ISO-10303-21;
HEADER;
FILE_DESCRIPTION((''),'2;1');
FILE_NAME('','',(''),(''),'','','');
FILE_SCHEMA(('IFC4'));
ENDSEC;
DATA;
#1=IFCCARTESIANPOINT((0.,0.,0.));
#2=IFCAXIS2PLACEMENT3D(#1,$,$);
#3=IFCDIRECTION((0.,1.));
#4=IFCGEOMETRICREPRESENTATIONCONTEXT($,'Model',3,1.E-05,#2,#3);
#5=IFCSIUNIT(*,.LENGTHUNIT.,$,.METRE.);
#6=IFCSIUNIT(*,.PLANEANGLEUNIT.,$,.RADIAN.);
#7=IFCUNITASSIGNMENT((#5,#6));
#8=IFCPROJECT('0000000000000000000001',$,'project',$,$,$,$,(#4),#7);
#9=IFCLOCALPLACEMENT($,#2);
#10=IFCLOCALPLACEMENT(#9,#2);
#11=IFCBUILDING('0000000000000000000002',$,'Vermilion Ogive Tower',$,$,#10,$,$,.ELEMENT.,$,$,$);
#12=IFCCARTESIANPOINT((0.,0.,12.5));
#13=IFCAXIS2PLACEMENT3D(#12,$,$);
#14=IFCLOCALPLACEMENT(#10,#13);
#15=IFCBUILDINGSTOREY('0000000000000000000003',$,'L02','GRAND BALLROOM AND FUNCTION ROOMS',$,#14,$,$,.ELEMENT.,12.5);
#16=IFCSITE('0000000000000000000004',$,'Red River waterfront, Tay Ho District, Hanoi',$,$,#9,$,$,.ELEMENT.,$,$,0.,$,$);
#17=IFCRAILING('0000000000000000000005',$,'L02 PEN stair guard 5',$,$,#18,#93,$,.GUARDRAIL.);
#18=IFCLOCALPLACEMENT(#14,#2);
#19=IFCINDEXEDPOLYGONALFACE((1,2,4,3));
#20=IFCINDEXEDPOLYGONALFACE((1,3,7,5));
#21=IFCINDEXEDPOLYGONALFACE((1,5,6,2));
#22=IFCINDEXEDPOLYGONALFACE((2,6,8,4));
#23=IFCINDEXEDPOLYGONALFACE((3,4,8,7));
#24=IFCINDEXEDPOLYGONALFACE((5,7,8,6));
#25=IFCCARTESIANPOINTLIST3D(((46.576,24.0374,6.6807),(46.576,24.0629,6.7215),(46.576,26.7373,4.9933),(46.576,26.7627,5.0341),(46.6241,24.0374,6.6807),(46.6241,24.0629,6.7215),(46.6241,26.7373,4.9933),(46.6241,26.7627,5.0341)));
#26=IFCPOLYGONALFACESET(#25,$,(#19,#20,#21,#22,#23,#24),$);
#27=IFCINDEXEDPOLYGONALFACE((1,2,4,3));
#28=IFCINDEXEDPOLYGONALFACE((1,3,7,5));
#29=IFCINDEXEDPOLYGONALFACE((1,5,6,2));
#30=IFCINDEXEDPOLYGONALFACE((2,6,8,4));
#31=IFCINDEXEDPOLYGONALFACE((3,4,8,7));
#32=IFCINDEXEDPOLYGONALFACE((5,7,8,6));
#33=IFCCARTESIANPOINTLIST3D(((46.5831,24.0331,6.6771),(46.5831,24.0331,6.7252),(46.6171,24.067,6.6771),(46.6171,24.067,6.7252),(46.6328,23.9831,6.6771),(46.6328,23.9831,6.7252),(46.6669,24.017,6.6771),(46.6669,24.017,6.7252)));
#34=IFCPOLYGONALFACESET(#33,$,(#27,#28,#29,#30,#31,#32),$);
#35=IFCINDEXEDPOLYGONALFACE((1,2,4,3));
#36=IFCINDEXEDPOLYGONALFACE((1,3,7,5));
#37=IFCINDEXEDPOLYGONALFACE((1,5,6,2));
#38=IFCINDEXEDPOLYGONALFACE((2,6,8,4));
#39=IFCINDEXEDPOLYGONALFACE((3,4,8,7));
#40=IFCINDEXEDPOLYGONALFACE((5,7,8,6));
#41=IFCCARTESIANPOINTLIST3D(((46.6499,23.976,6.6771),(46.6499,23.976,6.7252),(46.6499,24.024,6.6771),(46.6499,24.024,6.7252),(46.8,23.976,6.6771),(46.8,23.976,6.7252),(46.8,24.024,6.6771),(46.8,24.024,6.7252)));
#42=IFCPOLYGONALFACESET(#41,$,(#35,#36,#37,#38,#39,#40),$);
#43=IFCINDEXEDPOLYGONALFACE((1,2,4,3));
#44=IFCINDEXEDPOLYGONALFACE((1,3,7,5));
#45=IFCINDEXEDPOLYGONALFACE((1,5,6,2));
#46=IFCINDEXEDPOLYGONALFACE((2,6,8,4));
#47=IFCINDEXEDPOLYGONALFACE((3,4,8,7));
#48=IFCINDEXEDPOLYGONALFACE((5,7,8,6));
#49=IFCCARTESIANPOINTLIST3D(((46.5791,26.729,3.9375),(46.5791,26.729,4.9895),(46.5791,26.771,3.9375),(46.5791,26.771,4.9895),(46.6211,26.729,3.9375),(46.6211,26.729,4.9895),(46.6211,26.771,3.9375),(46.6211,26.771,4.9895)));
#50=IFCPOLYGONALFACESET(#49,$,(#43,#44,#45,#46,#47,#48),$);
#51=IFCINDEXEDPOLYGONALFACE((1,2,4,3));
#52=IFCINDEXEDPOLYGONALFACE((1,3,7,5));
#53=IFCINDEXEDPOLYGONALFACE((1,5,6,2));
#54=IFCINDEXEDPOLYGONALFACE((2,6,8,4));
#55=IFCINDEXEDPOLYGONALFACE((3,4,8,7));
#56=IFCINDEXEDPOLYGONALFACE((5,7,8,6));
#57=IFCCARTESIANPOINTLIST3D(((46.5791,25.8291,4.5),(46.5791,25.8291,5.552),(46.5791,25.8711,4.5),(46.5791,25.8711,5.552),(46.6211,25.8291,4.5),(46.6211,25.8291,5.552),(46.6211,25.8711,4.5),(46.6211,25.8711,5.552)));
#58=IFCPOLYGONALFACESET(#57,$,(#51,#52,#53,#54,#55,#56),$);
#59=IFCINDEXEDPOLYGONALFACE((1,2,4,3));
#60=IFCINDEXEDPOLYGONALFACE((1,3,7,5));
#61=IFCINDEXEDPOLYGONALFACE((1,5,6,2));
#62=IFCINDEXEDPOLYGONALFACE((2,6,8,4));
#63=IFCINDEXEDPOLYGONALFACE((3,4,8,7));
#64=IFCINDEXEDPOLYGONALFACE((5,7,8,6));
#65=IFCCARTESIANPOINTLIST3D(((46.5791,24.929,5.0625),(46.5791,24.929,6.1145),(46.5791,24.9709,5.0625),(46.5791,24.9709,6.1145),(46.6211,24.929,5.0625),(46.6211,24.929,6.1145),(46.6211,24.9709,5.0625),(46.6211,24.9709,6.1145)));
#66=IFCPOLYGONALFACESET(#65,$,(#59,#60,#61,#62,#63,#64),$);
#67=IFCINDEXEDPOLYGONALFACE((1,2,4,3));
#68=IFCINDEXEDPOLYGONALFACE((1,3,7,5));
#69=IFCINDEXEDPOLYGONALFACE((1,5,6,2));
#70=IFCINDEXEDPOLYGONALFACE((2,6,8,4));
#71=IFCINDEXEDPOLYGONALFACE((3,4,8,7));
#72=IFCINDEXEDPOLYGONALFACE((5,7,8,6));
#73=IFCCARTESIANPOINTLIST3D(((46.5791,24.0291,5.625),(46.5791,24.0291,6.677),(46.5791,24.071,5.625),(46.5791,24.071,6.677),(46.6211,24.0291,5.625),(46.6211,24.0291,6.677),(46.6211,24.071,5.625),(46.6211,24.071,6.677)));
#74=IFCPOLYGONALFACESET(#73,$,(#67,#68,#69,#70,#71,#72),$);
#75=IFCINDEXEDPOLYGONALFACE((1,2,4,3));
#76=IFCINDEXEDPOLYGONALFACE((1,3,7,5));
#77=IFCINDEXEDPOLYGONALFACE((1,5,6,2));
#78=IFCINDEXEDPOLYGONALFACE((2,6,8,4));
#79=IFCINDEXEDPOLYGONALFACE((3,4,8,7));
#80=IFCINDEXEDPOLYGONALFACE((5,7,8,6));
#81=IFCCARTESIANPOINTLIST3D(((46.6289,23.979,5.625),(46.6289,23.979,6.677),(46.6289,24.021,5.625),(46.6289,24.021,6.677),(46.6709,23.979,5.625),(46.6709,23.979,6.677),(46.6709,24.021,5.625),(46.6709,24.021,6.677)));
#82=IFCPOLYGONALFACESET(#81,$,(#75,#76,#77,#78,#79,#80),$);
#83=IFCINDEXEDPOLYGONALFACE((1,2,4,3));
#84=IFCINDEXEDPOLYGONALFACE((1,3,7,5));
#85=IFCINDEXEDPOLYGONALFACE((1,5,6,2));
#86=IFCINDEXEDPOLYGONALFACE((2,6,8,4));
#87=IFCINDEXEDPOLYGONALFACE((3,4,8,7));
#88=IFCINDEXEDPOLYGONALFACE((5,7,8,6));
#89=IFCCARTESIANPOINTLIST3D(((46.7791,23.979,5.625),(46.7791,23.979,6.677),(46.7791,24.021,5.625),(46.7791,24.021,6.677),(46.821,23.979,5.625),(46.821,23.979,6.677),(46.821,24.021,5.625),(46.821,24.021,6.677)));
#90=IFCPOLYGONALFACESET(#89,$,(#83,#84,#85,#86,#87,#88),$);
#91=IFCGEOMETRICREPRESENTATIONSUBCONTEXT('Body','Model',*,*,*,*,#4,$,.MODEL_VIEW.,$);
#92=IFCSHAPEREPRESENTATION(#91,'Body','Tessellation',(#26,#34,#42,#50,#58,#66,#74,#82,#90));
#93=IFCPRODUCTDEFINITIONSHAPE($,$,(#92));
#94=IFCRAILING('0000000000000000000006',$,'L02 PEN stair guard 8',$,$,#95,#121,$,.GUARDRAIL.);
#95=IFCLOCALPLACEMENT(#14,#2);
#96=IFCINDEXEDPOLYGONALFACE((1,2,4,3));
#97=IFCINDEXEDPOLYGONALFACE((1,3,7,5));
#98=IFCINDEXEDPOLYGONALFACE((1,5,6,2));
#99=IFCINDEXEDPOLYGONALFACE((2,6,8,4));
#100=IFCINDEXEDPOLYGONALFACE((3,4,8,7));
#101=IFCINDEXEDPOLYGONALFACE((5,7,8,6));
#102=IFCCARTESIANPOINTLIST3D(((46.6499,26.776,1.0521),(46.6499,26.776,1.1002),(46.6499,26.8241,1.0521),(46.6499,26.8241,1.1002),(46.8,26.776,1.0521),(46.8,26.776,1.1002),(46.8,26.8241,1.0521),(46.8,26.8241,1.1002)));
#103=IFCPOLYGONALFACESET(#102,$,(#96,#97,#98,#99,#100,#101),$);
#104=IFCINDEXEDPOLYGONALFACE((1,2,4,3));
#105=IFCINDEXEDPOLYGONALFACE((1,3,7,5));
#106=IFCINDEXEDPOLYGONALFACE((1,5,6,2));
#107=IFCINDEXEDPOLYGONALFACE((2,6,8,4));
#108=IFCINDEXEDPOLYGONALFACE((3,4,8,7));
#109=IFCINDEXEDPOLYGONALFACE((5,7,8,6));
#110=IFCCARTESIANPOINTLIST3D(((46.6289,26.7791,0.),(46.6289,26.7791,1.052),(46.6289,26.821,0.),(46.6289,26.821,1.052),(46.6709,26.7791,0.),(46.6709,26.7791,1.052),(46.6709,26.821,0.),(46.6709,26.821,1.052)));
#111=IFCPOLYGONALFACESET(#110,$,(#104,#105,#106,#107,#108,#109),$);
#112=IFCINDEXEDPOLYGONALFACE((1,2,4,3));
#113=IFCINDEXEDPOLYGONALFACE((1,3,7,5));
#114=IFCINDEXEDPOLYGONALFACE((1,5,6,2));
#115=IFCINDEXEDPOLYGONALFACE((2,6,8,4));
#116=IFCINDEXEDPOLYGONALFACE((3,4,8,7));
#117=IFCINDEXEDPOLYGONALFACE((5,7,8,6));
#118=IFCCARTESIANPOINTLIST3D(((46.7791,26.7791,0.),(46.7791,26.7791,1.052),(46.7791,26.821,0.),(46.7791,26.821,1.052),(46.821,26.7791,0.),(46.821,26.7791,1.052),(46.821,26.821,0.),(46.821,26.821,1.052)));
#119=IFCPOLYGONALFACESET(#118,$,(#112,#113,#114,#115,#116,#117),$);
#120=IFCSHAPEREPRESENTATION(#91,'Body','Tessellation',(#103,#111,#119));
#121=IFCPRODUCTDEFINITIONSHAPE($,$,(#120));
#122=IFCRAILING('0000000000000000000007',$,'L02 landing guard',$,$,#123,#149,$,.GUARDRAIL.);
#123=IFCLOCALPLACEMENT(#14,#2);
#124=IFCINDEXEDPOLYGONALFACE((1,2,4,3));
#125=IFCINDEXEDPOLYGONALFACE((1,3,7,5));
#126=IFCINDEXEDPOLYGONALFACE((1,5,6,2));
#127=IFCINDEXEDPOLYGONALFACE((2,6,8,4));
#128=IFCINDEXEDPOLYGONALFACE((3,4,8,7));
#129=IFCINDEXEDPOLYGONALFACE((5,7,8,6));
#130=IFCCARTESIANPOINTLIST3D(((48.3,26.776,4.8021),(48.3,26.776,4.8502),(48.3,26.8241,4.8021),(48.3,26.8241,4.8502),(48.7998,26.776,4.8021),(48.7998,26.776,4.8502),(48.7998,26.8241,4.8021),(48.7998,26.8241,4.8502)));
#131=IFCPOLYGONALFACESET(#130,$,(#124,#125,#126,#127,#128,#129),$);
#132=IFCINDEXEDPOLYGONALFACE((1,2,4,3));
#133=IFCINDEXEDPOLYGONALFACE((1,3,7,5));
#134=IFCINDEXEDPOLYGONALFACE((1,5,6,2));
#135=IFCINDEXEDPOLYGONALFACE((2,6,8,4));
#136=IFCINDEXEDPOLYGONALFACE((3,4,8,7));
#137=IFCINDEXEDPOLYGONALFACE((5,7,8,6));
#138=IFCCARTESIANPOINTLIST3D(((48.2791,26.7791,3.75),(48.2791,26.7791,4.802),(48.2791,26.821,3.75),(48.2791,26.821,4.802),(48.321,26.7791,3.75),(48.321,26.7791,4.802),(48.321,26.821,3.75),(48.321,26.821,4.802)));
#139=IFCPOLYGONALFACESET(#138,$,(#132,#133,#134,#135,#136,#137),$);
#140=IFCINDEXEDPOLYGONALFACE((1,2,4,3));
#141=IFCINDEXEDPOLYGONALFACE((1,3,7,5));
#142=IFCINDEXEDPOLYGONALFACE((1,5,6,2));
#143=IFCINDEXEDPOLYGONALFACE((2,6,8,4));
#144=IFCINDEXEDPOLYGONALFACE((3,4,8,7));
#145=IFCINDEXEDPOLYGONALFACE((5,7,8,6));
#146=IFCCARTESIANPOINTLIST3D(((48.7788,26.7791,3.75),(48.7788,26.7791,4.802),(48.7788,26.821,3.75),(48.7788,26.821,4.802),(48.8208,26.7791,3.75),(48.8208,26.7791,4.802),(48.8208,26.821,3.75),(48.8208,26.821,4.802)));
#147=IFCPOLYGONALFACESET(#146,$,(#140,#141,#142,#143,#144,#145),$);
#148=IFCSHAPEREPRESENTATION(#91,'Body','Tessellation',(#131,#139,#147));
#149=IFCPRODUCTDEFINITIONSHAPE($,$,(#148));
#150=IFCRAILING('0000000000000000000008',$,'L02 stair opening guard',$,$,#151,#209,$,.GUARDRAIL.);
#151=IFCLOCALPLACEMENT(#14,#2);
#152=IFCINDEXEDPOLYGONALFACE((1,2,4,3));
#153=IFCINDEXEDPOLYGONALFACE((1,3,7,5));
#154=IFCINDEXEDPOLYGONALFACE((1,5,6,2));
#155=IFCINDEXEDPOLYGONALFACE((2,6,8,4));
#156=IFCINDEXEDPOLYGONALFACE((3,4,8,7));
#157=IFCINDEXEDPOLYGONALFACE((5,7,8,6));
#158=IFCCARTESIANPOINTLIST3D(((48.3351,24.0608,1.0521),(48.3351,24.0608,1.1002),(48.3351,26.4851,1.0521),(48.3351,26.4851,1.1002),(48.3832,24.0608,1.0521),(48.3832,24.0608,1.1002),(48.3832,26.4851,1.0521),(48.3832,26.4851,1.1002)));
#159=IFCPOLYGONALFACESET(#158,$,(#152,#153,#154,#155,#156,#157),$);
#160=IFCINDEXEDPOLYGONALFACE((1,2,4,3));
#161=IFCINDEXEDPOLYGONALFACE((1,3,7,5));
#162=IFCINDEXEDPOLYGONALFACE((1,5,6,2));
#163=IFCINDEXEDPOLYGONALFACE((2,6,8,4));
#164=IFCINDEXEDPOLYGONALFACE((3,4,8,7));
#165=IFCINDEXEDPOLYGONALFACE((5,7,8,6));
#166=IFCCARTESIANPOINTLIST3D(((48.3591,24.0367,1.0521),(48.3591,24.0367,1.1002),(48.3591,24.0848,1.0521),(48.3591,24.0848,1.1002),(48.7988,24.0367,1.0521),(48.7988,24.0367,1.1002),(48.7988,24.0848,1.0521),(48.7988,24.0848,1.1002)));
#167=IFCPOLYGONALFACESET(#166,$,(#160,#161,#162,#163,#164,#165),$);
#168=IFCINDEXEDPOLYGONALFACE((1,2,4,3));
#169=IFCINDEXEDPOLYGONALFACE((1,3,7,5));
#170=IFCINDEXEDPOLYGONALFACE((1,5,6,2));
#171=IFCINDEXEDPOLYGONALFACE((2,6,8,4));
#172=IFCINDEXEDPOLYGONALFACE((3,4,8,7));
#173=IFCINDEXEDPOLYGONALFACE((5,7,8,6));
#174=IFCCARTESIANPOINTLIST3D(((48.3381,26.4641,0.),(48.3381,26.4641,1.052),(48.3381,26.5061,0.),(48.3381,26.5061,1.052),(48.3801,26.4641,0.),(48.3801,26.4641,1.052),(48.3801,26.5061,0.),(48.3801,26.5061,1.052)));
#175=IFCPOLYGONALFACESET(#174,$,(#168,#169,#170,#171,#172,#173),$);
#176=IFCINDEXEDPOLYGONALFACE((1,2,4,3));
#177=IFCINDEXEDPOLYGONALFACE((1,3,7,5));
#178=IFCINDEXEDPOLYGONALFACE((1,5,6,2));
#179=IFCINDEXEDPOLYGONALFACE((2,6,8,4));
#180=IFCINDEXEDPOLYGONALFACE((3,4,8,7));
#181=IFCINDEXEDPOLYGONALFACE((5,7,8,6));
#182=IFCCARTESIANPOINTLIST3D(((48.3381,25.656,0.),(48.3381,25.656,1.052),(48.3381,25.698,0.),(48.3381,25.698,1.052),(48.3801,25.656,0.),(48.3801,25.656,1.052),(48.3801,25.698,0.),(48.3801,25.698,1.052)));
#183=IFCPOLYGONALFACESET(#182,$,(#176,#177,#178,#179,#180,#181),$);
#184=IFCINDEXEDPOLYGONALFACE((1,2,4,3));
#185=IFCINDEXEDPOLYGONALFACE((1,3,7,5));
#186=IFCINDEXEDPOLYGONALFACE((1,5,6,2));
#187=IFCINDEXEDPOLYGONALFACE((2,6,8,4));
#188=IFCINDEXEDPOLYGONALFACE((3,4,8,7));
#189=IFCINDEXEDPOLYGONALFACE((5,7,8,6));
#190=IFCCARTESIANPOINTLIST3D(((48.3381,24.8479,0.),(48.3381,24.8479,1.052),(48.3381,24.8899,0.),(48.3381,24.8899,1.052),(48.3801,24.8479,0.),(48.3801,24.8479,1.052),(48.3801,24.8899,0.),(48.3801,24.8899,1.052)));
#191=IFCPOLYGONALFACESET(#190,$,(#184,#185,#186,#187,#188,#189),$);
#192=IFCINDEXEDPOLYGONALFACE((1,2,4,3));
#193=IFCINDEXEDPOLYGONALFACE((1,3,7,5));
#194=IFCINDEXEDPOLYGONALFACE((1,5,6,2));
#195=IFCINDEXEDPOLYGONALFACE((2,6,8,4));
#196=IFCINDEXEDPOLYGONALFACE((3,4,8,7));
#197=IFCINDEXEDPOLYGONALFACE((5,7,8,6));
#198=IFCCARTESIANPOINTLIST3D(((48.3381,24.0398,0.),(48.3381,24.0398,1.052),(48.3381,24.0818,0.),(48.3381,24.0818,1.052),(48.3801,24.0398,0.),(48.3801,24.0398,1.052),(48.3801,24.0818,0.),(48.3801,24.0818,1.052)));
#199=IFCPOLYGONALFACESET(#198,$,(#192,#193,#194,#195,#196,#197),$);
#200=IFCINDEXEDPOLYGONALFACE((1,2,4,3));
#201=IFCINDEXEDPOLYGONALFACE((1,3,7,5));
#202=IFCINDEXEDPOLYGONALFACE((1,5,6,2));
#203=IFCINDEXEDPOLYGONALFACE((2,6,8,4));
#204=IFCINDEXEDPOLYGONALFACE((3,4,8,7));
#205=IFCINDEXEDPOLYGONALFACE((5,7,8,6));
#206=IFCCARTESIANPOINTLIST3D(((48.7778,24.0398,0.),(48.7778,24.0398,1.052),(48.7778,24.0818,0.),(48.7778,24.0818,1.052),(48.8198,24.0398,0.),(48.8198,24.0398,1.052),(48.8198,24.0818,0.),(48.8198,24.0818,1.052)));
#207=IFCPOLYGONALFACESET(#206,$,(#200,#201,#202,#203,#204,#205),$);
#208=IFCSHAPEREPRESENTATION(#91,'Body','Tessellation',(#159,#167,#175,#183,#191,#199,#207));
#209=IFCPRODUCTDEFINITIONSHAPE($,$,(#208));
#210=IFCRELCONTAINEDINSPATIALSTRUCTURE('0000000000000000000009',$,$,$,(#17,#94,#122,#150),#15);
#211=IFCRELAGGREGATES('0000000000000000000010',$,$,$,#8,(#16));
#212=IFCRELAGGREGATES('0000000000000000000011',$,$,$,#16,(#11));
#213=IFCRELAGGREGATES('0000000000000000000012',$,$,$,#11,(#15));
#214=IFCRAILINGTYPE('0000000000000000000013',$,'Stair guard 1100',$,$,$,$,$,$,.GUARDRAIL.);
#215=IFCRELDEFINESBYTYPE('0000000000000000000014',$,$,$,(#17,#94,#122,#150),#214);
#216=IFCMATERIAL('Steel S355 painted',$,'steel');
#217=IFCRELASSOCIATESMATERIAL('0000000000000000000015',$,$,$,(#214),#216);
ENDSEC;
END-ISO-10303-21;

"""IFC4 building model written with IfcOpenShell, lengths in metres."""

from ifc_helpers import new_model, si_unit, direction, frame, origin, origin_2d, place, context, subcontext, project, spatial, rectangle, extrude, material, type_object, element, save


model = new_model("IFC4")

# Units and contexts
model_context = context("Model", 3, precision=1e-05, world=origin(), true_north=direction((0.0, 1.0)))
body_context = subcontext(model_context, "Body", "Model", "MODEL_VIEW")
ifc_project = project(units=[si_unit("LENGTHUNIT", "METRE"), si_unit("PLANEANGLEUNIT", "RADIAN")], contexts=[model_context])

# Site, building, storey
site_placement = place(None, origin())
site = spatial("IfcSite", under=ifc_project, at=site_placement, Name="Red River waterfront, Tay Ho District, Hanoi", CompositionType="ELEMENT", RefElevation=0.0)
building_placement = place(site_placement, origin())
building = spatial("IfcBuilding", under=site, at=building_placement, Name="Vermilion Ogive Tower", CompositionType="ELEMENT")
storey_placement = place(building_placement, frame((0.0, 0.0, 12.5)))
storey = spatial("IfcBuildingStorey", under=building, at=storey_placement, Name="L02", Description="GRAND BALLROOM AND FUNCTION ROOMS", CompositionType="ELEMENT", Elevation=12.5)

# Railings
ifc_material_1 = material(Name="Steel S355 painted", Category="steel")
railing_type_1 = type_object("IfcRailingType", Name="Stair guard 1100", PredefinedType="GUARDRAIL", material=ifc_material_1)
for number, where, name in (
    (1, (46.6001, 26.75, 3.9375), "L02 PEN stair guard 5"),
):
    element("IfcRailing", number, at=place(storey_placement, frame(where)), inside=storey, type_object=railing_type_1, Name=name, PredefinedType="GUARDRAIL", context=body_context, shape_type="SweptSolid", body=[
        extrude(rectangle(XDim=0.0481, YDim=0.0481, at=origin_2d()), frame((0.0, 0.0, 1.0762), z_axis=(0.0, -0.847994, 0.530006), x_axis=(1.0, 0.0, 0.0)), (0.0, 0.0, 1.0), 3.1838),
        extrude(rectangle(XDim=0.0481, YDim=0.0481, at=origin_2d()), frame((0.0, -2.7, 2.7637), z_axis=(0.705376, -0.708834, 0.0), x_axis=(0.708834, 0.705376, 0.0)), (0.0, 0.0, 1.0), 0.0706),
        extrude(rectangle(XDim=0.0481, YDim=0.0481, at=origin_2d()), frame((0.0498, -2.75, 2.7637), z_axis=(1.0, 0.0, 0.0), x_axis=(0.0, 1.0, 0.0)), (0.0, 0.0, 1.0), 0.1501),
        extrude(rectangle(XDim=0.042, YDim=0.042, at=origin_2d()), origin(), (0.0, 0.0, 1.0), 1.052),
        extrude(rectangle(XDim=0.042, YDim=0.042, at=origin_2d()), frame((0.0, -0.8999, 0.5625)), (0.0, 0.0, 1.0), 1.052),
        extrude(rectangle(XDim=0.042, YDim=0.042, at=origin_2d()), frame((0.0, -1.8, 1.125)), (0.0, 0.0, 1.0), 1.052),
        extrude(rectangle(XDim=0.042, YDim=0.042, at=origin_2d()), frame((0.0, -2.7, 1.6875)), (0.0, 0.0, 1.0), 1.052),
        extrude(rectangle(XDim=0.042, YDim=0.042, at=origin_2d()), frame((0.0498, -2.75, 1.6875)), (0.0, 0.0, 1.0), 1.052),
        extrude(rectangle(XDim=0.042, YDim=0.042, at=origin_2d()), frame((0.2, -2.75, 1.6875)), (0.0, 0.0, 1.0), 1.052),
    ])
railing_1_placement = place(storey_placement, frame((46.6499, 26.8, 0.0)))
element("IfcRailing", 2, at=railing_1_placement, inside=storey, type_object=railing_type_1, Name="L02 PEN stair guard 8", PredefinedType="GUARDRAIL", context=body_context, shape_type="SweptSolid", body=[
    extrude(rectangle(XDim=0.0481, YDim=0.0481, at=origin_2d()), frame((0.0, 0.0, 1.0762), z_axis=(1.0, 0.0, 0.0), x_axis=(0.0, 1.0, 0.0)), (0.0, 0.0, 1.0), 0.1501),
    extrude(rectangle(XDim=0.042, YDim=0.042, at=origin_2d()), origin(), (0.0, 0.0, 1.0), 1.052),
    extrude(rectangle(XDim=0.042, YDim=0.042, at=origin_2d()), frame((0.1501, 0.0, 0.0)), (0.0, 0.0, 1.0), 1.052),
])
railing_2_placement = place(storey_placement, frame((48.3, 26.8, 3.75)))
element("IfcRailing", 3, at=railing_2_placement, inside=storey, type_object=railing_type_1, Name="L02 landing guard", PredefinedType="GUARDRAIL", context=body_context, shape_type="SweptSolid", body=[
    extrude(rectangle(XDim=0.0481, YDim=0.0481, at=origin_2d()), frame((0.0, 0.0, 1.0762), z_axis=(1.0, 0.0, 0.0), x_axis=(0.0, 1.0, 0.0)), (0.0, 0.0, 1.0), 0.4998),
    extrude(rectangle(XDim=0.042, YDim=0.042, at=origin_2d()), origin(), (0.0, 0.0, 1.0), 1.052),
    extrude(rectangle(XDim=0.042, YDim=0.042, at=origin_2d()), frame((0.4998, 0.0, 0.0)), (0.0, 0.0, 1.0), 1.052),
])
railing_3_placement = place(storey_placement, frame((48.3591, 26.4851, 0.0)))
element("IfcRailing", 4, at=railing_3_placement, inside=storey, type_object=railing_type_1, Name="L02 stair opening guard", PredefinedType="GUARDRAIL", context=body_context, shape_type="SweptSolid", body=[
    extrude(rectangle(XDim=0.0481, YDim=0.0481, at=origin_2d()), frame((0.0, 0.0, 1.0762), z_axis=(0.0, -1.0, 0.0), x_axis=(1.0, 0.0, 0.0)), (0.0, 0.0, 1.0), 2.4243),
    extrude(rectangle(XDim=0.0481, YDim=0.0481, at=origin_2d()), frame((0.0, -2.4243, 1.0762), z_axis=(1.0, 0.0, 0.0), x_axis=(0.0, 1.0, 0.0)), (0.0, 0.0, 1.0), 0.4397),
    extrude(rectangle(XDim=0.042, YDim=0.042, at=origin_2d()), origin(), (0.0, 0.0, 1.0), 1.052),
    extrude(rectangle(XDim=0.042, YDim=0.042, at=origin_2d()), frame((0.0, -0.8081, 0.0)), (0.0, 0.0, 1.0), 1.052),
    extrude(rectangle(XDim=0.042, YDim=0.042, at=origin_2d()), frame((0.0, -1.6162, 0.0)), (0.0, 0.0, 1.0), 1.052),
    extrude(rectangle(XDim=0.042, YDim=0.042, at=origin_2d()), frame((0.0, -2.4243, 0.0)), (0.0, 0.0, 1.0), 1.052),
    extrude(rectangle(XDim=0.042, YDim=0.042, at=origin_2d()), frame((0.4397, -2.4243, 0.0)), (0.0, 0.0, 1.0), 1.052),
])

save(model, "model.ifc")
